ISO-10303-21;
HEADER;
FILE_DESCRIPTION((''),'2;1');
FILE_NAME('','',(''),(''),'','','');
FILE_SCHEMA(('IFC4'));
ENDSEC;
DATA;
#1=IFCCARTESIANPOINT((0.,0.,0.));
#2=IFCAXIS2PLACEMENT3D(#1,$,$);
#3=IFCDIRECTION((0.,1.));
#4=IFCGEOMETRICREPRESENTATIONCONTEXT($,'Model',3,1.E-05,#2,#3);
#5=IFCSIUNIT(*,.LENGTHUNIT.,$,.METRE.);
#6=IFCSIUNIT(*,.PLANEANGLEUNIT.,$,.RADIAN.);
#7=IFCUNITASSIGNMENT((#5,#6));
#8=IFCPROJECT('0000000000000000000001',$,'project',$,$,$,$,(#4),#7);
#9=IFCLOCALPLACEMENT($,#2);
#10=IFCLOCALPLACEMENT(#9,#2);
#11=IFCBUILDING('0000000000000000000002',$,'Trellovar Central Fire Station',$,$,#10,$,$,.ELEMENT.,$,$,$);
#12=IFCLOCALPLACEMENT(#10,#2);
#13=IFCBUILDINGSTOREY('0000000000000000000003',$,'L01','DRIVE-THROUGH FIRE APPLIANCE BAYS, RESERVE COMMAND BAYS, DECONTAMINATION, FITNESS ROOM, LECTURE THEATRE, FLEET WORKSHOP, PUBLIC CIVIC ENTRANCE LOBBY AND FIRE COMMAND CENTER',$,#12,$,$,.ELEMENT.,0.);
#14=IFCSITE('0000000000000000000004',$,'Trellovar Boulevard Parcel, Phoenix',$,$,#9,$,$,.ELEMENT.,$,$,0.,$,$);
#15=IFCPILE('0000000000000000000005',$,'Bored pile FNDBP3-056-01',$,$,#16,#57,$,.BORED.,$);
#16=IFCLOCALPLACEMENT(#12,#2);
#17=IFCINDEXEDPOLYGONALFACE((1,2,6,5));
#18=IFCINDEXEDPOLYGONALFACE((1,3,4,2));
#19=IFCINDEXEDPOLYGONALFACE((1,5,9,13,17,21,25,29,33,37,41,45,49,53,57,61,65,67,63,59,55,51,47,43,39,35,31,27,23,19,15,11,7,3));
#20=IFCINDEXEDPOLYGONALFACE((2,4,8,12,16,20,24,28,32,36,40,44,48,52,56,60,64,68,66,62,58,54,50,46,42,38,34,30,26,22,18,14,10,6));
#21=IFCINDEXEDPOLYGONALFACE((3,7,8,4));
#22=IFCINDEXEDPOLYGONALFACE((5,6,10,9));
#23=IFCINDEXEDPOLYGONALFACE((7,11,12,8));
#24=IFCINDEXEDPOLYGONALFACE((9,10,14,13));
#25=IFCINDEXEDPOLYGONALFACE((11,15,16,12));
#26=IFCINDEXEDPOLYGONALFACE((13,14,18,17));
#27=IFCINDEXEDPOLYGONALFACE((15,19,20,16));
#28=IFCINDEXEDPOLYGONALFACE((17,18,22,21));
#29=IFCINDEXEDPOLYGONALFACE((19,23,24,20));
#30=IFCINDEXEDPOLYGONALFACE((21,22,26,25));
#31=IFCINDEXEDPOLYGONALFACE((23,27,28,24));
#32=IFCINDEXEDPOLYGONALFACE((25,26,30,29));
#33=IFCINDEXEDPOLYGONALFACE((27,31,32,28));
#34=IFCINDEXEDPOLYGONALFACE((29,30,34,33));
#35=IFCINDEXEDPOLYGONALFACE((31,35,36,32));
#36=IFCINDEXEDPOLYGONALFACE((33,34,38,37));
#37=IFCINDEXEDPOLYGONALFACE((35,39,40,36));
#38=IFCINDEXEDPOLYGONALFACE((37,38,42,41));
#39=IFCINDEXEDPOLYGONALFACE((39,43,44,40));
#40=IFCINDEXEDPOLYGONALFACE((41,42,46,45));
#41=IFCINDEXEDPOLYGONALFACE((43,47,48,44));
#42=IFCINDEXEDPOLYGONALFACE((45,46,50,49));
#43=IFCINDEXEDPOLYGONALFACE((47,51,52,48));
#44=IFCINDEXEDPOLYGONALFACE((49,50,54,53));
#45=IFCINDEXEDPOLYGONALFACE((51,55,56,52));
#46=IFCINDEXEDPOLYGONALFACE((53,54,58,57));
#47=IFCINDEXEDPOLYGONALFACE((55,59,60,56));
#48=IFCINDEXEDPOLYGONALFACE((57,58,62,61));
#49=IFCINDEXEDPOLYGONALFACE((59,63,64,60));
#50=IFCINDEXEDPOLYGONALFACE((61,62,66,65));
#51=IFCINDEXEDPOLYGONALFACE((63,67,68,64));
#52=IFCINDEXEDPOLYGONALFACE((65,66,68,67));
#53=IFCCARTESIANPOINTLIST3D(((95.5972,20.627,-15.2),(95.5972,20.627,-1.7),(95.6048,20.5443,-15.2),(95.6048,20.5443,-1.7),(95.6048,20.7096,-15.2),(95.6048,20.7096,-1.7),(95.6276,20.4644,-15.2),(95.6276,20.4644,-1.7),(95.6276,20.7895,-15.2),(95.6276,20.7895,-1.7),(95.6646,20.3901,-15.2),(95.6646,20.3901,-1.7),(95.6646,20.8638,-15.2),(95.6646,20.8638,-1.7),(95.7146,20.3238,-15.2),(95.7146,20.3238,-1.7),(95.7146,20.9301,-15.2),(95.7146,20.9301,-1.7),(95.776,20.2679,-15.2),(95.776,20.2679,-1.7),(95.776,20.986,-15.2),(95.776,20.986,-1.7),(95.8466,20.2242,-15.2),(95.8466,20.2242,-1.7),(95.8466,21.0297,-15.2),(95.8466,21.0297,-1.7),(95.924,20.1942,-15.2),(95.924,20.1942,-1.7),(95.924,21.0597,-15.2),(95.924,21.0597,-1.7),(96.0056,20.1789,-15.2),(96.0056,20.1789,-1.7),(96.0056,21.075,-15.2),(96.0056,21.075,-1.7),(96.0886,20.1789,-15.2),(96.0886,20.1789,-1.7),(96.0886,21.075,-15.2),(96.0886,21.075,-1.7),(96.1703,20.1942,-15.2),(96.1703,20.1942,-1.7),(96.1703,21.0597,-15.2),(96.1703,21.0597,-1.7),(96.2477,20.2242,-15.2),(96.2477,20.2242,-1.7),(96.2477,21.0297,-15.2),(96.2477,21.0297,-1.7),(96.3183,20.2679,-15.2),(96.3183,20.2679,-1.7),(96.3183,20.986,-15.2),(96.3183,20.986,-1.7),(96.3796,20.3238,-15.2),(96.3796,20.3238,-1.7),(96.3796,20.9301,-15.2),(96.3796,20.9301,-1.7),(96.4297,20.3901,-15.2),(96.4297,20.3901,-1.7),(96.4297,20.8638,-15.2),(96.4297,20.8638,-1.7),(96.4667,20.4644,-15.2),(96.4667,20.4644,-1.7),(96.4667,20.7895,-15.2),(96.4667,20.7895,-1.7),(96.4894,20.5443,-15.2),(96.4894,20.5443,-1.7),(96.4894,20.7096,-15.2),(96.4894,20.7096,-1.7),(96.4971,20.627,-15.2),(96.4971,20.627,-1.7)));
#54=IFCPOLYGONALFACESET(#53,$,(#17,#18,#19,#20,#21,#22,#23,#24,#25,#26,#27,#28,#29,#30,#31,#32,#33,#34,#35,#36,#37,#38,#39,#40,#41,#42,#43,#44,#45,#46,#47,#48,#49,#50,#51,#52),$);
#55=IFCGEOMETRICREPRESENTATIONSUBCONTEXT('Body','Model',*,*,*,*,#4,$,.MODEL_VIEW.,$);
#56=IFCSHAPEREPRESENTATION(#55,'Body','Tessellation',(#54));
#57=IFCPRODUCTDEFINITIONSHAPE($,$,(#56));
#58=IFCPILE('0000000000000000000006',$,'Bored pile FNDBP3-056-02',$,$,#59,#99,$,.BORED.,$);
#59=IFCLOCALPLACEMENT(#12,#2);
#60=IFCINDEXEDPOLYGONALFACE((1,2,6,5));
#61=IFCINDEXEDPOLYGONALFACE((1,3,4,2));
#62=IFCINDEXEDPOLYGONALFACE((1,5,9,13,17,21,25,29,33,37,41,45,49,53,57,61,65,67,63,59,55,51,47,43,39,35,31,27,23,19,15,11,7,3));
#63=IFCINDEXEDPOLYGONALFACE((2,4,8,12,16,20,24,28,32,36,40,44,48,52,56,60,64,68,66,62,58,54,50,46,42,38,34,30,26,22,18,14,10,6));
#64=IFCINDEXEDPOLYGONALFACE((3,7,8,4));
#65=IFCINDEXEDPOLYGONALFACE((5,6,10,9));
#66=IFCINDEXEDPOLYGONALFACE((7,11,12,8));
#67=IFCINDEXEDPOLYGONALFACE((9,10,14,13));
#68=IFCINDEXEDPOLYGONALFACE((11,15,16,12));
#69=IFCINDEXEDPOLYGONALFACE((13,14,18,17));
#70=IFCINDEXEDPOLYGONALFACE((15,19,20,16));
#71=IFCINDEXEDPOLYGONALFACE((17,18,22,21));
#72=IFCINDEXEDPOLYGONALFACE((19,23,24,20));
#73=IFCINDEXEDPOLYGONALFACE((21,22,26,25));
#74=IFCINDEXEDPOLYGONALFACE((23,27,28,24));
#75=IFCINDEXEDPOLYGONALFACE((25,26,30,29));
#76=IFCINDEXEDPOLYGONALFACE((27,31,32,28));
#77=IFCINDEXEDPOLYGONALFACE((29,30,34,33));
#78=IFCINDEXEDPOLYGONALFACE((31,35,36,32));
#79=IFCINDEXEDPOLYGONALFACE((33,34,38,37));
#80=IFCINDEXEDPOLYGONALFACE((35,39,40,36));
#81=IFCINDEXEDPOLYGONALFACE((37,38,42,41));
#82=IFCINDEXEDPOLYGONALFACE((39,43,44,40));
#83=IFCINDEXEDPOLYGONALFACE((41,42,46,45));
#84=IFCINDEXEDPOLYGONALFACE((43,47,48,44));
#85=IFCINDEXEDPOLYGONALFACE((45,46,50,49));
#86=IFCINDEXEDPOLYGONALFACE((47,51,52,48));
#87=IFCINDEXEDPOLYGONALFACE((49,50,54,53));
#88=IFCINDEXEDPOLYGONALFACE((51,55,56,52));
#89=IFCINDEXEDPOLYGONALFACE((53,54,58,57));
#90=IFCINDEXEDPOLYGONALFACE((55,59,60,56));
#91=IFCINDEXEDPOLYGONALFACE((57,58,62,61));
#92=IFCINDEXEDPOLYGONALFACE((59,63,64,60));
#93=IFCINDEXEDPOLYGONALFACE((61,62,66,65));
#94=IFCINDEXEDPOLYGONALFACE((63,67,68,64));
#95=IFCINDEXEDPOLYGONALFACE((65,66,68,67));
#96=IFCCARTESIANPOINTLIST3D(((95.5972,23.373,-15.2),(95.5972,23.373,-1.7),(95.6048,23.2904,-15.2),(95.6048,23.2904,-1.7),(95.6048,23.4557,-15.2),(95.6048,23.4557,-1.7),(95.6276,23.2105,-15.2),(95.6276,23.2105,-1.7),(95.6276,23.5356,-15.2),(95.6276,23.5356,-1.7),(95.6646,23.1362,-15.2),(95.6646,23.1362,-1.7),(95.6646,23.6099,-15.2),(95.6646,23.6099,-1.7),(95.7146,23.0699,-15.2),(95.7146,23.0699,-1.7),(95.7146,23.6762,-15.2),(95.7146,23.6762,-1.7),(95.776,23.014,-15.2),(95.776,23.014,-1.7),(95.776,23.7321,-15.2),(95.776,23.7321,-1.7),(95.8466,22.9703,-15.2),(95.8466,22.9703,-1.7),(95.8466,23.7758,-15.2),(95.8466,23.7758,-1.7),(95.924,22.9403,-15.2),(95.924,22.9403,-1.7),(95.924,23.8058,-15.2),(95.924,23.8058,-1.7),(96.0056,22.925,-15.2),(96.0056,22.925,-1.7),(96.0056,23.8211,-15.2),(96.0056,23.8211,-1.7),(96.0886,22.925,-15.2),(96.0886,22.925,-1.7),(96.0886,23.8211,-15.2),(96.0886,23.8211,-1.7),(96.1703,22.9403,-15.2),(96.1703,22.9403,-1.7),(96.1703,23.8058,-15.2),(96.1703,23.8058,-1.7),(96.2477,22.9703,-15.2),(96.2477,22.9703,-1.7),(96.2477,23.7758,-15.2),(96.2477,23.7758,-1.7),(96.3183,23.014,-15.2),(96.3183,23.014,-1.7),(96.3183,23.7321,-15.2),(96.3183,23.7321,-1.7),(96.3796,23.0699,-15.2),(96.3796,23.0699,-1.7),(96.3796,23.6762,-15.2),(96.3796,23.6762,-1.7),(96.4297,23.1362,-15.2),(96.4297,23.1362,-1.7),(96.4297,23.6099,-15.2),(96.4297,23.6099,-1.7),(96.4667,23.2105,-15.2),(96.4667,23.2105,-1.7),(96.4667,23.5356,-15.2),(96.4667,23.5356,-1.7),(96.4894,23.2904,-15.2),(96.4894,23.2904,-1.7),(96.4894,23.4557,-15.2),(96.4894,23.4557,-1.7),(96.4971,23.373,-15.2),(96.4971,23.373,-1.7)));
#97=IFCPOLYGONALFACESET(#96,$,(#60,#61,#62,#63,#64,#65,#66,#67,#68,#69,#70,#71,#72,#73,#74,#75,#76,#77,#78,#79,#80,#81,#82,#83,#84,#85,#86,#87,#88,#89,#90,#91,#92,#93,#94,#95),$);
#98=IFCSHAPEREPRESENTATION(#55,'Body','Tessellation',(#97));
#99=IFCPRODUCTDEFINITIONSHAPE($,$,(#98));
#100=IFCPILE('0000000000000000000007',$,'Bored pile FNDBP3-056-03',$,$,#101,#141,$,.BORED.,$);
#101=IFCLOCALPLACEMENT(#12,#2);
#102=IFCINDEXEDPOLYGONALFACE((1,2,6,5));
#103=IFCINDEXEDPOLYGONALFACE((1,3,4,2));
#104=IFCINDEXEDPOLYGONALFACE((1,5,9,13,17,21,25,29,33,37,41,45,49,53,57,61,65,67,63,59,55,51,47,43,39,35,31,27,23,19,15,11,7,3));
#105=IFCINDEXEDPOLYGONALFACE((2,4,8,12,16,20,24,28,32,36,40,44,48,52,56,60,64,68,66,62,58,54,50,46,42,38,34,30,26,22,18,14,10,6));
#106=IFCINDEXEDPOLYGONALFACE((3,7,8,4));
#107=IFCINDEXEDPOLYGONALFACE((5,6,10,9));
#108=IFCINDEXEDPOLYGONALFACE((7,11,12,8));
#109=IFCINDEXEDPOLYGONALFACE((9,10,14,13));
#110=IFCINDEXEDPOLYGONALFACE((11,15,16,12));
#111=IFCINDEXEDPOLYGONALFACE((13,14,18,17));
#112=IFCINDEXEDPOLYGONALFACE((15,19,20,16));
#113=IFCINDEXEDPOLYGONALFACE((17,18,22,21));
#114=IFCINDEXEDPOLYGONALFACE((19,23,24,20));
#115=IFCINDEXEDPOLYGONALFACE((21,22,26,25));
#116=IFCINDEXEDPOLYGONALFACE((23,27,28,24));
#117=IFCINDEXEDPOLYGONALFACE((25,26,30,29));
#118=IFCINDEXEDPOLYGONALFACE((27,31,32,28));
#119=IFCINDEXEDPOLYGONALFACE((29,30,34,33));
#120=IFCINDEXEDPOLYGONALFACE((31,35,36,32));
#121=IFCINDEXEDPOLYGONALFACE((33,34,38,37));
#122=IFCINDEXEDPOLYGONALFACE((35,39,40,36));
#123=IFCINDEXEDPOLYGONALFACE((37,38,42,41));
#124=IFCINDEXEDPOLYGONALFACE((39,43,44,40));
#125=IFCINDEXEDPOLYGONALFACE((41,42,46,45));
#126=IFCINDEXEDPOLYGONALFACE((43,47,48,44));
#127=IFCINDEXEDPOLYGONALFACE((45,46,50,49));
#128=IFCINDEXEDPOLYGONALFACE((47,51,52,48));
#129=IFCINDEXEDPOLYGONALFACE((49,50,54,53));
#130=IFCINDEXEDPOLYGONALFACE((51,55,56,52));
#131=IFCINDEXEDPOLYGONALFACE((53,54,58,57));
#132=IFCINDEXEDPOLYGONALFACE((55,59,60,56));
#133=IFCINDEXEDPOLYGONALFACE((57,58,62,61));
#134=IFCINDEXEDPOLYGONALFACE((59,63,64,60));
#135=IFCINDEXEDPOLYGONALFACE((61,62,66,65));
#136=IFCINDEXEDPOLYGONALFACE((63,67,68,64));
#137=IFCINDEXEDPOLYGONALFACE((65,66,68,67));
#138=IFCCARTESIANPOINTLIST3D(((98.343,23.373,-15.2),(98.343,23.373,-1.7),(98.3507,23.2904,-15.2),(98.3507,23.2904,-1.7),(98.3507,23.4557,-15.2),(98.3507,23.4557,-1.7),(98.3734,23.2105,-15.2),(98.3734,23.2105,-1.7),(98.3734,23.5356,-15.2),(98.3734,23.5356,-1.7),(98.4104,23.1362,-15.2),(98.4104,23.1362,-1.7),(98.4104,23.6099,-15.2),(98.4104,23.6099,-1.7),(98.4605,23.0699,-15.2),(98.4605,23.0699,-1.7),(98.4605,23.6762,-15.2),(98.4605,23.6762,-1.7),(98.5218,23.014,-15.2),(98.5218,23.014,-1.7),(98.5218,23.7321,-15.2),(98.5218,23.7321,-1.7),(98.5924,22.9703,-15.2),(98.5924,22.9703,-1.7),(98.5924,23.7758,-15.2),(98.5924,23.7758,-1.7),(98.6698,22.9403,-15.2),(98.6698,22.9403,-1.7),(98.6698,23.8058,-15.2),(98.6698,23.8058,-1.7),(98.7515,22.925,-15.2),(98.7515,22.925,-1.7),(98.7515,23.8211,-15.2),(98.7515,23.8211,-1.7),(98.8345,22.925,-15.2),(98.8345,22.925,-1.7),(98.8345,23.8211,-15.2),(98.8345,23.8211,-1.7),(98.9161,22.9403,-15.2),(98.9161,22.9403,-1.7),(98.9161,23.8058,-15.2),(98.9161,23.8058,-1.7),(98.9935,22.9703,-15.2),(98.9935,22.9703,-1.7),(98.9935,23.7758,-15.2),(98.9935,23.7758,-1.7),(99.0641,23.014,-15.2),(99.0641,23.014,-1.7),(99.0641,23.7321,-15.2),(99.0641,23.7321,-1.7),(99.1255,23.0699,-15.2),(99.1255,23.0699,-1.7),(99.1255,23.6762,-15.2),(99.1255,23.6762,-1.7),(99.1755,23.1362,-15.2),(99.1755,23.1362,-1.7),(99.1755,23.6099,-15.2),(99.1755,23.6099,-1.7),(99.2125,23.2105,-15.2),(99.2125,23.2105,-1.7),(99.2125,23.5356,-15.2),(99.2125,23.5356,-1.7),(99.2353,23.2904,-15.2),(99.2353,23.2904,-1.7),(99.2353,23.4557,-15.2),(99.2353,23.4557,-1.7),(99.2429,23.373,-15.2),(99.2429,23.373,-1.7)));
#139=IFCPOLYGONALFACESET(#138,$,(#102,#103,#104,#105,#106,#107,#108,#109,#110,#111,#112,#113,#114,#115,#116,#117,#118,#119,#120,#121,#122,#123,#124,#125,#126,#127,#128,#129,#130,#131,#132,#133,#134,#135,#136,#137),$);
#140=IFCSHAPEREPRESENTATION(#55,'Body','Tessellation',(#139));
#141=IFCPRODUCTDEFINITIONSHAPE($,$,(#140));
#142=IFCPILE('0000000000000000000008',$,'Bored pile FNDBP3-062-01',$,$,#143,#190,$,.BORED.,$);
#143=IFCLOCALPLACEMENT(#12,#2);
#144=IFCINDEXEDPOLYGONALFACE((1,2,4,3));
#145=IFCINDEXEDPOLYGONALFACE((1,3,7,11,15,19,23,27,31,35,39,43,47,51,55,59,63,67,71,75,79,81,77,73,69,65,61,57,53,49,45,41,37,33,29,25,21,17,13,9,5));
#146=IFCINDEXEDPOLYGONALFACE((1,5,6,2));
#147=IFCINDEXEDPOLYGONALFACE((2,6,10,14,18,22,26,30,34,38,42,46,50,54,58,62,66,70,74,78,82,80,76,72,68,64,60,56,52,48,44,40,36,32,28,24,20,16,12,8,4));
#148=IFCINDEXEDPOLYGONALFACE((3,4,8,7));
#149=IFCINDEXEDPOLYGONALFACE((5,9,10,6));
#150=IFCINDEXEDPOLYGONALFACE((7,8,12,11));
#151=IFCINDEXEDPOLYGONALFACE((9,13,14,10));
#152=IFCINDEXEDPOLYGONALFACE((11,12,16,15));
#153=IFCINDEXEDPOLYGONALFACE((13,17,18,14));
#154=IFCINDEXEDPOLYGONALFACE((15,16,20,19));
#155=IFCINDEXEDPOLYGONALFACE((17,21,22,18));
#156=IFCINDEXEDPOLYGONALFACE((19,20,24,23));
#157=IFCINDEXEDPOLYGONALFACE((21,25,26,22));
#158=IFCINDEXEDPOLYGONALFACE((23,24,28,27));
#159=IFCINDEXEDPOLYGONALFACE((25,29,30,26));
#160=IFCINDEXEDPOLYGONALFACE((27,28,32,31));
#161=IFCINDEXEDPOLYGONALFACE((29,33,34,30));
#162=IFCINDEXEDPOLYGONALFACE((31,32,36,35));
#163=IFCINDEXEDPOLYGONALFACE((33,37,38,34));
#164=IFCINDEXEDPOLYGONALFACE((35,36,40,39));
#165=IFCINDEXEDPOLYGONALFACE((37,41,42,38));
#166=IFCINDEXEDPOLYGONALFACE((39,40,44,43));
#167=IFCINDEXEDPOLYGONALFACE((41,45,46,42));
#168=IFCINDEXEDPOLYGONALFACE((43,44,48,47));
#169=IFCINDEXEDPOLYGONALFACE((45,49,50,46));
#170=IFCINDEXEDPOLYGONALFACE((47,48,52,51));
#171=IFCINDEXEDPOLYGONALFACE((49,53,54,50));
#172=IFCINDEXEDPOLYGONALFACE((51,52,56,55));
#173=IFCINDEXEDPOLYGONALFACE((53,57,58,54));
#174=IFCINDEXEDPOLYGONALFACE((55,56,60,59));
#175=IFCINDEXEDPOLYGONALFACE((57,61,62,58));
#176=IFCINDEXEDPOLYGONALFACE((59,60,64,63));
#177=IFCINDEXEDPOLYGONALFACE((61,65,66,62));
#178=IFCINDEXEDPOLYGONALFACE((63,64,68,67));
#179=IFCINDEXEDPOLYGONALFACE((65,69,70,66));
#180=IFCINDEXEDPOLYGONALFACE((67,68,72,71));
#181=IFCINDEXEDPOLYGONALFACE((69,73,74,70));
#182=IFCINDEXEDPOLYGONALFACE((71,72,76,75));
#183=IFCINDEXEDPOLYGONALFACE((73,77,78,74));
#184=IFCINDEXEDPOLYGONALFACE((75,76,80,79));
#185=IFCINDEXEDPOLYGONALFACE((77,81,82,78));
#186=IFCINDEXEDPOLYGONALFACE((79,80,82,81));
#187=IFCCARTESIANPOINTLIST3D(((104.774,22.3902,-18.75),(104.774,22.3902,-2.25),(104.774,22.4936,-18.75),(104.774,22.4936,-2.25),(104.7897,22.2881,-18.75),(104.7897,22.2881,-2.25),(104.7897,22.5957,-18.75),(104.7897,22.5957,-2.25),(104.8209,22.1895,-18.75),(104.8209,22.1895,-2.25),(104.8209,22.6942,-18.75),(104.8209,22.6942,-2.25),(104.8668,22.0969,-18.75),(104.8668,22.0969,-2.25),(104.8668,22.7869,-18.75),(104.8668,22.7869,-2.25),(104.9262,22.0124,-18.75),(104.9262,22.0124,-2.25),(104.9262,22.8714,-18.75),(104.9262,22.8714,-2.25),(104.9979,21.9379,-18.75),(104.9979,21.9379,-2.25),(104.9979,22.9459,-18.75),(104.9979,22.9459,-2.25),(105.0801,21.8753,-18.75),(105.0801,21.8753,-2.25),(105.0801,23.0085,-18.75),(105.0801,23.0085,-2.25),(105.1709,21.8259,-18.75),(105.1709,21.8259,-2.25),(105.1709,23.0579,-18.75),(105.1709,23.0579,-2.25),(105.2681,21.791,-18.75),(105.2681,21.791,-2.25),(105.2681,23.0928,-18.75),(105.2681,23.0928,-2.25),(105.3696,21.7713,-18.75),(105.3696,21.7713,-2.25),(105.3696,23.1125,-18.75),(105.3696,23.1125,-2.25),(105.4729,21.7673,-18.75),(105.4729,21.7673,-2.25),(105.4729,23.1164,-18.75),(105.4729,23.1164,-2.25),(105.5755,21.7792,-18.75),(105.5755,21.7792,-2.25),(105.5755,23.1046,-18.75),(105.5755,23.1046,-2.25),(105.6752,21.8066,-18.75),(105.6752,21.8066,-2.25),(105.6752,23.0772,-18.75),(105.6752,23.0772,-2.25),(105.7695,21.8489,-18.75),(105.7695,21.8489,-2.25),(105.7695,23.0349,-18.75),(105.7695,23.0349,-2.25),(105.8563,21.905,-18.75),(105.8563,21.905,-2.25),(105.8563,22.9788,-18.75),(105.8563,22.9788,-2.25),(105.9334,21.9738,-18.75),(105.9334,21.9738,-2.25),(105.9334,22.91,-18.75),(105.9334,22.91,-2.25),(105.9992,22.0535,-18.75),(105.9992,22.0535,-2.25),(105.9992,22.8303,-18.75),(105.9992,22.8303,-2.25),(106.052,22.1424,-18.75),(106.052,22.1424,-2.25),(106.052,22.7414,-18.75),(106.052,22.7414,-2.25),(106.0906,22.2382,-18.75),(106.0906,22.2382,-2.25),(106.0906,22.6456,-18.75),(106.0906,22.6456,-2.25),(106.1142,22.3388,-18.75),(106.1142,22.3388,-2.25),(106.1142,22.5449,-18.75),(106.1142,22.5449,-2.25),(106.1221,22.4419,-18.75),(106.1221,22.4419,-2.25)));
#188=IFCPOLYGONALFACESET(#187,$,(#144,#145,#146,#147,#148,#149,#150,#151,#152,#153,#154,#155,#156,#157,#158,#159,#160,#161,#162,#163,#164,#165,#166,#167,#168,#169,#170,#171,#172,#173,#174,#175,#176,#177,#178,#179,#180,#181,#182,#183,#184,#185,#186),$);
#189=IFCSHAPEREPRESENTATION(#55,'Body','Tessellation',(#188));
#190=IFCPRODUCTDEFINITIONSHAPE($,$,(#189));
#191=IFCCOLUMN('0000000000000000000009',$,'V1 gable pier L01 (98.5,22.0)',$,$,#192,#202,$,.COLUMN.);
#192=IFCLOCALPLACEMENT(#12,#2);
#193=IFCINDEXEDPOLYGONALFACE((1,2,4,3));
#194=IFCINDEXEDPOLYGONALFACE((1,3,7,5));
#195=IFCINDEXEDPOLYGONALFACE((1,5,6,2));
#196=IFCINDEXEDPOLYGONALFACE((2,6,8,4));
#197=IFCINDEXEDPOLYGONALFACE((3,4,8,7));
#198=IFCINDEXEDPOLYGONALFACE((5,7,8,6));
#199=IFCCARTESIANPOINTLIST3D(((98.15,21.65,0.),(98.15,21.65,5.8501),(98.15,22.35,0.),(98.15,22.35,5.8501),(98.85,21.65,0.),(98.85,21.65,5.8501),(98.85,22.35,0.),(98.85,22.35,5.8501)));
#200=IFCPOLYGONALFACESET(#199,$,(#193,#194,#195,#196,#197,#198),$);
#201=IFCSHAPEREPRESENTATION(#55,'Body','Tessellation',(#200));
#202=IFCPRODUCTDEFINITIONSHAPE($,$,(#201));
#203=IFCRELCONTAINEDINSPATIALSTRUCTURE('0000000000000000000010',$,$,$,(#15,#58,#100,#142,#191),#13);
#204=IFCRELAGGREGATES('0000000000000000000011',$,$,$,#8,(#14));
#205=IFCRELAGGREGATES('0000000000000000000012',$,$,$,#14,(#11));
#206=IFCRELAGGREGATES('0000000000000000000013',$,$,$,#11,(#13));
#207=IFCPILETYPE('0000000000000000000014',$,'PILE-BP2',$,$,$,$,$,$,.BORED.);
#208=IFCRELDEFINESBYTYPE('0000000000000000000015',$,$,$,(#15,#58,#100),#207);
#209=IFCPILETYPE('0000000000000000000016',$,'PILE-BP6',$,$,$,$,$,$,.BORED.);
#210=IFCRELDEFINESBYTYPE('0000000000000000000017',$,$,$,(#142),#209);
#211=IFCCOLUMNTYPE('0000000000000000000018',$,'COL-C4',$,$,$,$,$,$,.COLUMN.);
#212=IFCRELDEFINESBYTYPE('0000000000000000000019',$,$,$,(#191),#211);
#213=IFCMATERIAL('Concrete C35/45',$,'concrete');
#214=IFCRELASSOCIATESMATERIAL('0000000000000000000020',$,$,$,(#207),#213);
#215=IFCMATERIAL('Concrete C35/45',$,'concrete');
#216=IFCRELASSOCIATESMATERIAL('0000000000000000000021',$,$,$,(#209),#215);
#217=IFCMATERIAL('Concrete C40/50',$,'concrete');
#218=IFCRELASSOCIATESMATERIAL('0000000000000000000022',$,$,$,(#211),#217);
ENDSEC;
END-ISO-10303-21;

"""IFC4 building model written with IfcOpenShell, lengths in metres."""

from ifc_helpers import new_model, si_unit, direction, frame, origin, origin_2d, place, context, subcontext, project, spatial, rectangle, circle, extrude, material, material_profile, profile_set, type_object, element, save


model = new_model("IFC4")

# Units and contexts
model_context = context("Model", 3, precision=1e-05, world=origin(), true_north=direction((0.0, 1.0)))
body_context = subcontext(model_context, "Body", "Model", "MODEL_VIEW")
ifc_project = project(units=[si_unit("LENGTHUNIT", "METRE"), si_unit("PLANEANGLEUNIT", "RADIAN")], contexts=[model_context])

# Site, building, storey
site_placement = place(None, origin())
site = spatial("IfcSite", under=ifc_project, at=site_placement, Name="Trellovar Boulevard Parcel, Phoenix", CompositionType="ELEMENT", RefElevation=0.0)
building_placement = place(site_placement, origin())
building = spatial("IfcBuilding", under=site, at=building_placement, Name="Trellovar Central Fire Station", CompositionType="ELEMENT")
storey_placement = place(building_placement, origin())
storey = spatial("IfcBuildingStorey", under=building, at=storey_placement, Name="L01", Description="DRIVE-THROUGH FIRE APPLIANCE BAYS, RESERVE COMMAND BAYS, DECONTAMINATION, FITNESS ROOM, LECTURE THEATRE, FLEET WORKSHOP, PUBLIC CIVIC ENTRANCE LOBBY AND FIRE COMMAND CENTER", CompositionType="ELEMENT", Elevation=0.0)

# Piles
ifc_material_1 = material(Name="Concrete C35/45", Category="concrete")
ifc_material_profile_1 = material_profile(ifc_material_1, circle(Radius=0.45, at=origin_2d()), Name="PILE900")
ifc_profile_set_1 = profile_set([ifc_material_profile_1], Name="Concrete C35/45")
pile_type_1 = type_object("IfcPileType", Name="PILE-BP2", PredefinedType="BORED", material=ifc_profile_set_1)
for number, where, z_axis, x_axis, name in (
    (1, (96.0471, 20.627, -1.7), (0.0, 0.0, -1.0), (1.0, 0.0, 0.0), "Bored pile FNDBP3-056-01"),
    (2, (96.0471, 23.373, -1.7), (0.0, 0.0, -1.0), (1.0, 0.0, 0.0), "Bored pile FNDBP3-056-02"),
    (3, (98.793, 23.373, -1.7), (0.0, 0.0, -1.0), (1.0, 0.0, 0.0), "Bored pile FNDBP3-056-03"),
):
    element("IfcPile", number, at=place(storey_placement, frame(where, z_axis=z_axis, x_axis=x_axis)), inside=storey, type_object=pile_type_1, Name=name, PredefinedType="BORED", context=body_context, shape_type="SweptSolid", body=[
        extrude(circle(Radius=0.45, at=origin_2d()), origin(), (0.0, 0.0, 1.0), 13.5),
    ])
ifc_material_2 = material(Name="Concrete C35/45", Category="concrete")
ifc_material_profile_2 = material_profile(ifc_material_2, circle(Radius=0.675, at=origin_2d()), Name="PILE1350")
ifc_profile_set_2 = profile_set([ifc_material_profile_2], Name="Concrete C35/45")
pile_type_2 = type_object("IfcPileType", Name="PILE-BP6", PredefinedType="BORED", material=ifc_profile_set_2)
pile_placement = place(storey_placement, frame((105.447, 22.4419, -2.25), z_axis=(0.0, 0.0, -1.0), x_axis=(1.0, 0.0, 0.0)))
element("IfcPile", 4, at=pile_placement, inside=storey, type_object=pile_type_2, Name="Bored pile FNDBP3-062-01", PredefinedType="BORED", context=body_context, shape_type="SweptSolid", body=[
    extrude(circle(Radius=0.675, at=origin_2d()), origin(), (0.0, 0.0, 1.0), 16.5),
])

# Column
ifc_material_3 = material(Name="Concrete C40/50", Category="concrete")
ifc_material_profile_3 = material_profile(ifc_material_3, rectangle(XDim=0.7, YDim=0.7, at=origin_2d()), Name="RC700X700")
ifc_profile_set_3 = profile_set([ifc_material_profile_3], Name="Concrete C40/50")
column_type_1 = type_object("IfcColumnType", Name="COL-C4", PredefinedType="COLUMN", material=ifc_profile_set_3)
column_1_placement = place(storey_placement, frame((98.5, 22.0, 0.0), z_axis=(0.0, 0.0, 1.0), x_axis=(1.0, 0.0, 0.0)))
element("IfcColumn", 5, at=column_1_placement, inside=storey, type_object=column_type_1, Name="V1 gable pier L01 (98.5,22.0)", PredefinedType="COLUMN", context=body_context, shape_type="SweptSolid", body=[
    extrude(rectangle(XDim=0.7, YDim=0.7, at=origin_2d()), origin(), (0.0, 0.0, 1.0), 5.8501),
])

save(model, "model.ifc")
